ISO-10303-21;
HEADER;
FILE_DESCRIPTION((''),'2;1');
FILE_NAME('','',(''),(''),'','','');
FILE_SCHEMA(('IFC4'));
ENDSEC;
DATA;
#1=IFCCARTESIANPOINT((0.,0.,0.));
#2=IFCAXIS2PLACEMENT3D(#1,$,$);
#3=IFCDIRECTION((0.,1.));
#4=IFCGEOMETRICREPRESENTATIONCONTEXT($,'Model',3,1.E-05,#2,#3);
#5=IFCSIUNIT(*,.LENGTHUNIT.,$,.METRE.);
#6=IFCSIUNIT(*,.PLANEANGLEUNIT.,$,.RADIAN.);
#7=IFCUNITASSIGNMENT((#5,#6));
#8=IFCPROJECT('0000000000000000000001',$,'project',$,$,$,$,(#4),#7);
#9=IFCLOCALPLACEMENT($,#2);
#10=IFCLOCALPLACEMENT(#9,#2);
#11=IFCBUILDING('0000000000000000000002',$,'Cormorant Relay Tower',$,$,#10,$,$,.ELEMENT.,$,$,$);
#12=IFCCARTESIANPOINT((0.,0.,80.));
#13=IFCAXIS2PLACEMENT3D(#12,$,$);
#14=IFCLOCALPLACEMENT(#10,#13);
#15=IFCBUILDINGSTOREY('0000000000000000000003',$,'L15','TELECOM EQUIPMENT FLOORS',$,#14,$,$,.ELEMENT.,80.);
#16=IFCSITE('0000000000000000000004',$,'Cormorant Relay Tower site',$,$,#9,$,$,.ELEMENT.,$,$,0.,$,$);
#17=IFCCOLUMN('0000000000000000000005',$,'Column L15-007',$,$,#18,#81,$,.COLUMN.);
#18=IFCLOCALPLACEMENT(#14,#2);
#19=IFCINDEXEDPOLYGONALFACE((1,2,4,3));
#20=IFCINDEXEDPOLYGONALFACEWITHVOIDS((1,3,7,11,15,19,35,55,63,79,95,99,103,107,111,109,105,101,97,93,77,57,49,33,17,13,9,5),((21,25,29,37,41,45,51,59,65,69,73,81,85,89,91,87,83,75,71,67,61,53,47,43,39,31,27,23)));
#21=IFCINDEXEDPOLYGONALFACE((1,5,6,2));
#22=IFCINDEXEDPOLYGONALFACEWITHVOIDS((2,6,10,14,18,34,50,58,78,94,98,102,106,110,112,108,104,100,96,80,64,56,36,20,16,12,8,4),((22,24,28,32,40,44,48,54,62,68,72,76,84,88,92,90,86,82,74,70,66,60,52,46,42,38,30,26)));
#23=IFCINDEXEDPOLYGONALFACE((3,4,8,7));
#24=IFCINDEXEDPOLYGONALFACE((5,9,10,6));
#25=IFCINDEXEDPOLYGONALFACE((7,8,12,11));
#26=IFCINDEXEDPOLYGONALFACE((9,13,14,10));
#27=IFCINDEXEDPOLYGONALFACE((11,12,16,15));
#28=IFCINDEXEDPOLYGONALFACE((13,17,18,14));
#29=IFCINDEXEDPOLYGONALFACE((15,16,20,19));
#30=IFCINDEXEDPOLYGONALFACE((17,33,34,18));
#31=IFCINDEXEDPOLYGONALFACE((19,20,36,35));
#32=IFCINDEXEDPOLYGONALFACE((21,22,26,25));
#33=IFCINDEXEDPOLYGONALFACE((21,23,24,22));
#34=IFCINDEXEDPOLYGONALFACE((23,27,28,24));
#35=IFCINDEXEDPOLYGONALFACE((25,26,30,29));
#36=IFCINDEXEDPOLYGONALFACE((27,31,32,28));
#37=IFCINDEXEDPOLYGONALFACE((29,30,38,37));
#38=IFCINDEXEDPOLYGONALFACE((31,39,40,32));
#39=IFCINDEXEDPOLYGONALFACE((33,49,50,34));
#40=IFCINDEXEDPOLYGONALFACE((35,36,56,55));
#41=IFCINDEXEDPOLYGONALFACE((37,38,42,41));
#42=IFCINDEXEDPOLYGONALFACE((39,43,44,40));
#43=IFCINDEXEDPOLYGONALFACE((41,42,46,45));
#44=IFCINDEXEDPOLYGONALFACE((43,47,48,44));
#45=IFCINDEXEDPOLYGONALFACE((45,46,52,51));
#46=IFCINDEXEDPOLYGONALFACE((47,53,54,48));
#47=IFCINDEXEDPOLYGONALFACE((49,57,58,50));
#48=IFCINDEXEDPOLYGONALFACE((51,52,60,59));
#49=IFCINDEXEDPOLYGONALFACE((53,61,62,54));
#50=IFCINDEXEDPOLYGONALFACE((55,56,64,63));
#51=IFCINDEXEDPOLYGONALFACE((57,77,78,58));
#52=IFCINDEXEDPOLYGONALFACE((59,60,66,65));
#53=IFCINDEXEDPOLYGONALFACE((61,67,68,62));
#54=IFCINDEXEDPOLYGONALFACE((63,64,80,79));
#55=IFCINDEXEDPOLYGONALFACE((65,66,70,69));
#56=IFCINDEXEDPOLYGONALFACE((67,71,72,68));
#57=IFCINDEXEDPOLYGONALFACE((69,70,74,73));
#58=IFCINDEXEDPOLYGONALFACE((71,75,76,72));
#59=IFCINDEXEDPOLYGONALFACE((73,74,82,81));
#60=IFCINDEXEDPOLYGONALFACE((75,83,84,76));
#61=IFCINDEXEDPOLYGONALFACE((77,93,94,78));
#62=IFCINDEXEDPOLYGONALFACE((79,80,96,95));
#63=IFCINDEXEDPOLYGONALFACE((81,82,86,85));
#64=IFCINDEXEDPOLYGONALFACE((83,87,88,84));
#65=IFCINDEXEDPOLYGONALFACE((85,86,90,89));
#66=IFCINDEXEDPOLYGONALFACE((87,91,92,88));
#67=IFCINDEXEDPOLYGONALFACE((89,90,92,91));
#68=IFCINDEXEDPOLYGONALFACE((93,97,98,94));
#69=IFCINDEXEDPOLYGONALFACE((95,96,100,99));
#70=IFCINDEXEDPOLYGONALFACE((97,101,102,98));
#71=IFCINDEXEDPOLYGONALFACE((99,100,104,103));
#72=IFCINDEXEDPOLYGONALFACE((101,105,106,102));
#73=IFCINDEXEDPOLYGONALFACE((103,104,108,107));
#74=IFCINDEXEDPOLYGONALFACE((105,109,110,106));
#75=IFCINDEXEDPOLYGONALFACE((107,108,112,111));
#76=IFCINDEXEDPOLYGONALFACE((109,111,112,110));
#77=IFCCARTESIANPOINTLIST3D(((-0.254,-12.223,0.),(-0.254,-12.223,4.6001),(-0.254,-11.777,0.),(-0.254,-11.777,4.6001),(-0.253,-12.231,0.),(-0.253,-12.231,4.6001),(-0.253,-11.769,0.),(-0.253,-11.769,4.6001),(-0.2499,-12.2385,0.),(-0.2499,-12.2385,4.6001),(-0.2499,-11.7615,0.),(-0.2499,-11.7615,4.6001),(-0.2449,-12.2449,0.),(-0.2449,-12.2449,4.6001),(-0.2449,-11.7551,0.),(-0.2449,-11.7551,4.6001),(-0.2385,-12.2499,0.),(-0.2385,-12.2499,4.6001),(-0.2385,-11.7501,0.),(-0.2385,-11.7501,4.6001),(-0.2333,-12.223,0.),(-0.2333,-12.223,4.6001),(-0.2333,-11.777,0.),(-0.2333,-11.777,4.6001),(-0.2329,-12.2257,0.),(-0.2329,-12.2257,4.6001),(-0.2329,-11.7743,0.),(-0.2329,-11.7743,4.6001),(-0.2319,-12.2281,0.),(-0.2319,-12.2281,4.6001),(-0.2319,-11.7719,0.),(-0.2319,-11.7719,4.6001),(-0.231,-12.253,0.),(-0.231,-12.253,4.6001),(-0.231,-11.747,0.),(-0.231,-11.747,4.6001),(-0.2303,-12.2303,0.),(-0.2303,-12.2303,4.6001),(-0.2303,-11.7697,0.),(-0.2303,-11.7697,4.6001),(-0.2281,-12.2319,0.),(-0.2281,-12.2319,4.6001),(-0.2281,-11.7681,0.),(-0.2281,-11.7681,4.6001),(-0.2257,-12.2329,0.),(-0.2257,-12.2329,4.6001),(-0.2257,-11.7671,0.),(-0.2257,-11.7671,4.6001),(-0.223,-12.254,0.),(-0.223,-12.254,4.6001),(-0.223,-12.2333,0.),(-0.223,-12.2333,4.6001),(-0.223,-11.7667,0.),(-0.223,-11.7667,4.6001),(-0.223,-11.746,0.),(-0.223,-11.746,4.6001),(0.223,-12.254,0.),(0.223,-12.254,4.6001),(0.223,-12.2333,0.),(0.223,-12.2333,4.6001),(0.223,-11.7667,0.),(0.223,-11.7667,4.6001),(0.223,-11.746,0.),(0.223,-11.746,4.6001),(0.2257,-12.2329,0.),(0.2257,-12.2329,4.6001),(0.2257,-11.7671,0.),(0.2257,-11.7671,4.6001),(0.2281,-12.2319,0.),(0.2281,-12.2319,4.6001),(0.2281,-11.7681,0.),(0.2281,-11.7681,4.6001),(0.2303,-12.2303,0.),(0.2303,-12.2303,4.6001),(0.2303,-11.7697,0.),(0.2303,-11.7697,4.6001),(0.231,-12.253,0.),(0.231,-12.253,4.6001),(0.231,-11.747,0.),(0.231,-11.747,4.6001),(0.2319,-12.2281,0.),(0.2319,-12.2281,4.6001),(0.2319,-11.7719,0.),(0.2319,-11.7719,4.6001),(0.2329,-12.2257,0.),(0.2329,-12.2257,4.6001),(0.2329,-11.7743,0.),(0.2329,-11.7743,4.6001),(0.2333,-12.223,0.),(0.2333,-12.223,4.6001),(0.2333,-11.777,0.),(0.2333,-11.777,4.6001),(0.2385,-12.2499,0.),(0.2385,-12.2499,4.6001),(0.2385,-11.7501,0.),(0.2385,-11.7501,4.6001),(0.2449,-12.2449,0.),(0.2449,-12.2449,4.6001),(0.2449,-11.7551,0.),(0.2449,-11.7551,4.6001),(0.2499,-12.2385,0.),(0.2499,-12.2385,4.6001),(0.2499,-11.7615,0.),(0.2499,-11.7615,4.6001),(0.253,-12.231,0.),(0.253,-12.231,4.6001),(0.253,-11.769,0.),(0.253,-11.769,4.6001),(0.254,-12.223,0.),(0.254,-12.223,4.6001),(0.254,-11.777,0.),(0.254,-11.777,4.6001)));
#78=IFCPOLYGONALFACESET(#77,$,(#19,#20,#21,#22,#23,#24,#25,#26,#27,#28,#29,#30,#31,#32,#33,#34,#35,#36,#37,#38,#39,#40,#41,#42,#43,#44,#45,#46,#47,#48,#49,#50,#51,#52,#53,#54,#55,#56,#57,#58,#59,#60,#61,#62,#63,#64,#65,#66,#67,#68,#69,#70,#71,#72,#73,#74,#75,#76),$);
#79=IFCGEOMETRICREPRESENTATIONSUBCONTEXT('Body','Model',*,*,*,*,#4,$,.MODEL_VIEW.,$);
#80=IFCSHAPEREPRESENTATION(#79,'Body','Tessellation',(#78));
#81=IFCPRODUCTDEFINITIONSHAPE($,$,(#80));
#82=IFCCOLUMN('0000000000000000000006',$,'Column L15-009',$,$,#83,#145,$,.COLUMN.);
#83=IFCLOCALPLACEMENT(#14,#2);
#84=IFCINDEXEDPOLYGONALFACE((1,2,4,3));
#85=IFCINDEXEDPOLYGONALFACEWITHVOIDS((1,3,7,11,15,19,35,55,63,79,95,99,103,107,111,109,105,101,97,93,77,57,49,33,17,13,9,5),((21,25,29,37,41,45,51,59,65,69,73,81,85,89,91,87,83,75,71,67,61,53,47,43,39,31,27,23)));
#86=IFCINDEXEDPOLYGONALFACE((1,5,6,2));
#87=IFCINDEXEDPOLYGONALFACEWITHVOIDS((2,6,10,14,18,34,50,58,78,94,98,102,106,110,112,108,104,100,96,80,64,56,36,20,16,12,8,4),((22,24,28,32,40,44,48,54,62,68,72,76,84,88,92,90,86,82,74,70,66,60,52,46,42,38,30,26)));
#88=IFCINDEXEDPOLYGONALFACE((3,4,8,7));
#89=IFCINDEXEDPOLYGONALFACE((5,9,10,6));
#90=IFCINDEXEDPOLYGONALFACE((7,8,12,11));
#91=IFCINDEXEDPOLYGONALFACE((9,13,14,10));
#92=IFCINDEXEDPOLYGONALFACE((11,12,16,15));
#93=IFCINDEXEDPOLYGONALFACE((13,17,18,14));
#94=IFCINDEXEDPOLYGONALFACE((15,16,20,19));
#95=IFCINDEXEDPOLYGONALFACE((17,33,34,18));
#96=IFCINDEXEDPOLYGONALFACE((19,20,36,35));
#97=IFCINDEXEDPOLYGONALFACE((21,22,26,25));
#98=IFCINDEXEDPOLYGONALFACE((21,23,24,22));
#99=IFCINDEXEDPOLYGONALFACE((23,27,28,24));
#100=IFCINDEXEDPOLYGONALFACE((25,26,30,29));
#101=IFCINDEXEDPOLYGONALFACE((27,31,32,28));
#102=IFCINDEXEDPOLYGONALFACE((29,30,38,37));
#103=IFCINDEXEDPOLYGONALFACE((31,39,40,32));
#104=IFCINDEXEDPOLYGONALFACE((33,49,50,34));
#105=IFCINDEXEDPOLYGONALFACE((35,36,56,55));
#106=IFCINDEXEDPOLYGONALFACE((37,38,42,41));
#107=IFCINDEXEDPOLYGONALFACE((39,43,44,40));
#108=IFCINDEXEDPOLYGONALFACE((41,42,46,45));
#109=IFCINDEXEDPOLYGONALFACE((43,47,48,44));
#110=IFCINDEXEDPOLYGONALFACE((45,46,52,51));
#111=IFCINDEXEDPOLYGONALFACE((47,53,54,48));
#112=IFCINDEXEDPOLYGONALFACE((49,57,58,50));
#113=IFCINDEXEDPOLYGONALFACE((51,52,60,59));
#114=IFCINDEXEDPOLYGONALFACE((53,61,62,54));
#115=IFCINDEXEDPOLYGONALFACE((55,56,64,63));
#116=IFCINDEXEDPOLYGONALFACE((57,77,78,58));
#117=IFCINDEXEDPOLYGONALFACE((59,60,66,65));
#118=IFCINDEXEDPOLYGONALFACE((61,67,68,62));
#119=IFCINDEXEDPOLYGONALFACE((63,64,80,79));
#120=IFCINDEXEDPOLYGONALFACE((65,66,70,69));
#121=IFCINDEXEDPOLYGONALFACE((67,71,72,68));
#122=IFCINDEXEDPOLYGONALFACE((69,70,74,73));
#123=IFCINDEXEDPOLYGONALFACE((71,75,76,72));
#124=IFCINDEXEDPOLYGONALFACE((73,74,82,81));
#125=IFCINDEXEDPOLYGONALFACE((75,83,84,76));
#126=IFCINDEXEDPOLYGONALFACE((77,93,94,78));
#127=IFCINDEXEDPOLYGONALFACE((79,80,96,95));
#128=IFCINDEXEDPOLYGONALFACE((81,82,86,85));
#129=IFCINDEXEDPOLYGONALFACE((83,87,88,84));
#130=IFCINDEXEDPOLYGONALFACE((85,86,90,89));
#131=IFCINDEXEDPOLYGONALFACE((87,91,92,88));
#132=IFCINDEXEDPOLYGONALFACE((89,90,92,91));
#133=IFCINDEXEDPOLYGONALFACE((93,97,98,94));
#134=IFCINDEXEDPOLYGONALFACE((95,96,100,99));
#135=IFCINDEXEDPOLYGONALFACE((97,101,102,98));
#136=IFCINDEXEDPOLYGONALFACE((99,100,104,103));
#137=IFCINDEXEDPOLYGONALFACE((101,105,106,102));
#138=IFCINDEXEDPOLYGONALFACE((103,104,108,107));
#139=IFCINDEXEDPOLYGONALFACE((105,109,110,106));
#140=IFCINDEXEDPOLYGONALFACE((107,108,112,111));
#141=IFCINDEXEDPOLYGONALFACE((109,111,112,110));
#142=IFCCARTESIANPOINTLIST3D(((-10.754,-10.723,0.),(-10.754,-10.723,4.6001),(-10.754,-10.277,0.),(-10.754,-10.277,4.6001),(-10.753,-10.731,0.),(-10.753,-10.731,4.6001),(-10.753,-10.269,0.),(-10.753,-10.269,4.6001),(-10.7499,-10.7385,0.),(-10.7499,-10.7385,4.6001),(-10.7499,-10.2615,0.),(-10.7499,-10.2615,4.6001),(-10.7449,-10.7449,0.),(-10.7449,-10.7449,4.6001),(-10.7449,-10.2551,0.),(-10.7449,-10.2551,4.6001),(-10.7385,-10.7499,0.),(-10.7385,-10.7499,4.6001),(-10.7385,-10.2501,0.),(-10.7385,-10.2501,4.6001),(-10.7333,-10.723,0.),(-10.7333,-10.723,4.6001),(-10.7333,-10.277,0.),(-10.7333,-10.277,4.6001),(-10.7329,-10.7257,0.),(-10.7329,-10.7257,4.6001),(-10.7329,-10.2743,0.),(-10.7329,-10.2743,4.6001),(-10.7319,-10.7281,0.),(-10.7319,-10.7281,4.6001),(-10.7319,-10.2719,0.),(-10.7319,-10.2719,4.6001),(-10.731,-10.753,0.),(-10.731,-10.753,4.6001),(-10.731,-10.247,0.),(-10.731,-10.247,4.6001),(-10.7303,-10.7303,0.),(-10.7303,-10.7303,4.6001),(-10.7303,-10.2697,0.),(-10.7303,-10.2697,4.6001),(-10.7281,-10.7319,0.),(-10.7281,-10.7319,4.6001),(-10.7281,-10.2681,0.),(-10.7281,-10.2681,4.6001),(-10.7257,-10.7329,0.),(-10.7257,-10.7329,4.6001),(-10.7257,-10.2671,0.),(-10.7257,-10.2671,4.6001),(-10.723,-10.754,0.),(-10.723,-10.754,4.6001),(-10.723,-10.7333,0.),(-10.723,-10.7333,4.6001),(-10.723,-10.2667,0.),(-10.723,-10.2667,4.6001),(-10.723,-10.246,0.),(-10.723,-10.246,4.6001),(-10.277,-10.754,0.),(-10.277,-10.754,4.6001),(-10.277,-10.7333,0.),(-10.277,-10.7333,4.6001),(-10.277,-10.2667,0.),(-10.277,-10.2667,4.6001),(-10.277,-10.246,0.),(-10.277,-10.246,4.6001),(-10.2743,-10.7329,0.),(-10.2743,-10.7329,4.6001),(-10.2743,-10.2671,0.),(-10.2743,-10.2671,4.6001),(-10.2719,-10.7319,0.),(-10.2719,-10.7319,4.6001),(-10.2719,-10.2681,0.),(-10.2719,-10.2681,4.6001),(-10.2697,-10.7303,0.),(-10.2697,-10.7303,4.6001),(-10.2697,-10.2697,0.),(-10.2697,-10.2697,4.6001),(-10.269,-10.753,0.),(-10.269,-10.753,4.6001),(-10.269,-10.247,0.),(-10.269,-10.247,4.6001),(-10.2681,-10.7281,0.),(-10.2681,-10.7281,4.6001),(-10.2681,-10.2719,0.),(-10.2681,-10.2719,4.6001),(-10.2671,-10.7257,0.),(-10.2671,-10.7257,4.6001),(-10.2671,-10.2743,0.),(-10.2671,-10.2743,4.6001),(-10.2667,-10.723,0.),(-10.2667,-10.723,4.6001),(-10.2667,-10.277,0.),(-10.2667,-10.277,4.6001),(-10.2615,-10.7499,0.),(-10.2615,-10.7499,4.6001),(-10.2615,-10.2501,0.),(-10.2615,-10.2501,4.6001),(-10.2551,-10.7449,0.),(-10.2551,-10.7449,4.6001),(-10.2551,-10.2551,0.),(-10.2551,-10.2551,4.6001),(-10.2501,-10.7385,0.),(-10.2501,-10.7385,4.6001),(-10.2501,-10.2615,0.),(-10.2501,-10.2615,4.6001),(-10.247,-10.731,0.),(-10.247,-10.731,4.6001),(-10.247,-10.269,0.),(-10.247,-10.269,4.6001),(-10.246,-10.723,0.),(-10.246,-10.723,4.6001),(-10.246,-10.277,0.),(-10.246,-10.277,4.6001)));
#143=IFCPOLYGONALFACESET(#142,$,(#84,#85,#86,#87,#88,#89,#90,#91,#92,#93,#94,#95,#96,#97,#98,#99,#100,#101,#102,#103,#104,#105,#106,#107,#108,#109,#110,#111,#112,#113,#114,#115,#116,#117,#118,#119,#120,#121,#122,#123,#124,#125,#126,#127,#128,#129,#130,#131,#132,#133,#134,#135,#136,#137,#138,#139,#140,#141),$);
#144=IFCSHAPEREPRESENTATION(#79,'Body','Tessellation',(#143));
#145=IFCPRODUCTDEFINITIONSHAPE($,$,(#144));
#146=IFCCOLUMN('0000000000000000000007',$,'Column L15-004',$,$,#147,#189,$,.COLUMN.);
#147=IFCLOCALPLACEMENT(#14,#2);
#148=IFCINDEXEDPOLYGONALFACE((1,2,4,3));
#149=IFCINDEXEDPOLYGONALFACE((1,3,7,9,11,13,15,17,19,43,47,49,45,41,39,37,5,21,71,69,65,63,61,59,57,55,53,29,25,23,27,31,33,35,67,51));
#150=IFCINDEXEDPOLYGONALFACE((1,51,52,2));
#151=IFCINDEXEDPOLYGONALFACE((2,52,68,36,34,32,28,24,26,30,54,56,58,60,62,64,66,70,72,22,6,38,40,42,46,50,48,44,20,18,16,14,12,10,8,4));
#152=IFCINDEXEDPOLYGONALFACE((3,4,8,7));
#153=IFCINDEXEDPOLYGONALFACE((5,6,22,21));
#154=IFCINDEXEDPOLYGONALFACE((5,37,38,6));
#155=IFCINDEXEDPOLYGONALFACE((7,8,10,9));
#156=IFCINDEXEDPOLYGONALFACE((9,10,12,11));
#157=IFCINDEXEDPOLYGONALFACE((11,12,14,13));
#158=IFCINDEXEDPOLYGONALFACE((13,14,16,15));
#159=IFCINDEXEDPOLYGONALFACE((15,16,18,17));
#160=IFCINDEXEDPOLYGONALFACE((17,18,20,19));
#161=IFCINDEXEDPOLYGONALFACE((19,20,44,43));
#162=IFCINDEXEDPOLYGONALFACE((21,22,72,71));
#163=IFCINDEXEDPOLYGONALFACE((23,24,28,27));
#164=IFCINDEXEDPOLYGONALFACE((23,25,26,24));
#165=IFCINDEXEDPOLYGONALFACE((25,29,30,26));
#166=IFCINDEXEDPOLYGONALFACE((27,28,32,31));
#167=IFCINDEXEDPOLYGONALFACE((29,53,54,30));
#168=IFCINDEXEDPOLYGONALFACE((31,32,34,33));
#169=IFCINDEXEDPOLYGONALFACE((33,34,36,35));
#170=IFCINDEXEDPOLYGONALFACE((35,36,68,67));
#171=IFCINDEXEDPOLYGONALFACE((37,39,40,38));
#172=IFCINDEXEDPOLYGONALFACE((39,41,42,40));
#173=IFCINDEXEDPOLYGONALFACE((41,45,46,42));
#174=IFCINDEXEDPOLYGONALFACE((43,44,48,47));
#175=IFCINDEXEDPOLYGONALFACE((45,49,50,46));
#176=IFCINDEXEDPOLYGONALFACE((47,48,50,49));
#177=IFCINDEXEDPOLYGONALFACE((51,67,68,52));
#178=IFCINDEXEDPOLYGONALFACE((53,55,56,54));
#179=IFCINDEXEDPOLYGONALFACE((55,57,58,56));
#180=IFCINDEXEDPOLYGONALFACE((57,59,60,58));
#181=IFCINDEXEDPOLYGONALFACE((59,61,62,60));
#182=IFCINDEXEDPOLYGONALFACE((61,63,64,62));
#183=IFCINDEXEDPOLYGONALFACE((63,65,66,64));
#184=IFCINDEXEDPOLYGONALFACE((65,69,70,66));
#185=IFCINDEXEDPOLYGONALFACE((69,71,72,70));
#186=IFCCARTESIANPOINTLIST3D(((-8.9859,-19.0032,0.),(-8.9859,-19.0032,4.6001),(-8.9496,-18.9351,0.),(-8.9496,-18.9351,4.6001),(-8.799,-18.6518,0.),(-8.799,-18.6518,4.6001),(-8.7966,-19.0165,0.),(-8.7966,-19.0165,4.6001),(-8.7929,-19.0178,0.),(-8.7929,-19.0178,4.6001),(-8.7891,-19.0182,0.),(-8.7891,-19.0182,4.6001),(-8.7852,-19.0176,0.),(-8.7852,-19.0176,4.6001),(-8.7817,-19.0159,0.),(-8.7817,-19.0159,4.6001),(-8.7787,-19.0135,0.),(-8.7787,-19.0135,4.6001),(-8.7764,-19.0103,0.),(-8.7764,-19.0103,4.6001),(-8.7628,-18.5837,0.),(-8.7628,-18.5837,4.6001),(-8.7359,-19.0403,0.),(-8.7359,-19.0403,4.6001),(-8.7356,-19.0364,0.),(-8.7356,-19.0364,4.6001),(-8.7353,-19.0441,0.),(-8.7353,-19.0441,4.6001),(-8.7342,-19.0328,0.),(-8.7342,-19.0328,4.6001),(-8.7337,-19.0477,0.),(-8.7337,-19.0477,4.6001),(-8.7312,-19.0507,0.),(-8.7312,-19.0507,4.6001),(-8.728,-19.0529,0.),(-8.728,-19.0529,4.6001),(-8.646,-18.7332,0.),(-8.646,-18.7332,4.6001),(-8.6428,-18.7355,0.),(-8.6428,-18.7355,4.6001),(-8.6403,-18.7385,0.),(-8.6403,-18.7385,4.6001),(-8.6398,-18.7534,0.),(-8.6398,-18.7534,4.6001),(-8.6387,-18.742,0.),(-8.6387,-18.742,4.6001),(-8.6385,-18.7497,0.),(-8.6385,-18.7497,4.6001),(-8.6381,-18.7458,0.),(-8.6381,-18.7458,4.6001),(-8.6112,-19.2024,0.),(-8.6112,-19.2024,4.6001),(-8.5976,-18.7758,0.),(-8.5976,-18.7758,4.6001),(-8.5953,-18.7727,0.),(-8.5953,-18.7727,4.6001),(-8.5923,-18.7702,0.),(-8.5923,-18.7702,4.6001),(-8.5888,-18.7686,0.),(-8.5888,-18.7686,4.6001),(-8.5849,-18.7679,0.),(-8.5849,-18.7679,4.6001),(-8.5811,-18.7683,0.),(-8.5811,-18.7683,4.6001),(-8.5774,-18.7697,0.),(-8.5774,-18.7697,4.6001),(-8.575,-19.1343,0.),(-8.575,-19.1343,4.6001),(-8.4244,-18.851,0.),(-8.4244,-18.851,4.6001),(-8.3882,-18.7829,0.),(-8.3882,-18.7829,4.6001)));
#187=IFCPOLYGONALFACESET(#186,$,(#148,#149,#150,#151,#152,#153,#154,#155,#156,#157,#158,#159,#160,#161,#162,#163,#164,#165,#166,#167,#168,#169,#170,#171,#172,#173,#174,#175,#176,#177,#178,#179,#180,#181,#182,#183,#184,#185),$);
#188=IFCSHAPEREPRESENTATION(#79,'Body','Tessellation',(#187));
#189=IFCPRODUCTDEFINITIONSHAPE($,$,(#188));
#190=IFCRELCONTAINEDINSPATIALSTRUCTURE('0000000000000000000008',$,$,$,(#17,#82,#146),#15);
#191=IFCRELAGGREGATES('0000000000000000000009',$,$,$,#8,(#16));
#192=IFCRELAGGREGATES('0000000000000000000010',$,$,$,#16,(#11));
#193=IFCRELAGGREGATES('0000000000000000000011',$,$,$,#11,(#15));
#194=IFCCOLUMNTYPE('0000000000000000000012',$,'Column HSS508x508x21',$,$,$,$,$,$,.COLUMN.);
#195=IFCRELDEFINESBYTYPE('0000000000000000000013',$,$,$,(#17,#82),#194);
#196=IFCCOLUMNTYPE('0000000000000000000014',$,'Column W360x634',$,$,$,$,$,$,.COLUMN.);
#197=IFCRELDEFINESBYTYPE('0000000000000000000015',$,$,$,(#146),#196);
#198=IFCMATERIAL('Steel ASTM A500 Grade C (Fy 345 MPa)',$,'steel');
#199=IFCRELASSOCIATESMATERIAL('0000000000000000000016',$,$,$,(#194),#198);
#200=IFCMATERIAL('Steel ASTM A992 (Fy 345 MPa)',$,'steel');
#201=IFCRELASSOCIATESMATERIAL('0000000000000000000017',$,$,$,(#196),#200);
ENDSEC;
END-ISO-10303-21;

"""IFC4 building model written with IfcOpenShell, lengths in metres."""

from ifc_helpers import new_model, si_unit, direction, frame, origin, origin_2d, place, context, subcontext, project, spatial, hollow_rectangle, i_section, extrude, material, material_profile, profile_set, type_object, element, save


model = new_model("IFC4")

# Units and contexts
model_context = context("Model", 3, precision=1e-05, world=origin(), true_north=direction((0.0, 1.0)))
body_context = subcontext(model_context, "Body", "Model", "MODEL_VIEW")
ifc_project = project(units=[si_unit("LENGTHUNIT", "METRE"), si_unit("PLANEANGLEUNIT", "RADIAN")], contexts=[model_context])

# Site, building, storey
site_placement = place(None, origin())
site = spatial("IfcSite", under=ifc_project, at=site_placement, Name="Cormorant Relay Tower site", CompositionType="ELEMENT", RefElevation=0.0)
building_placement = place(site_placement, origin())
building = spatial("IfcBuilding", under=site, at=building_placement, Name="Cormorant Relay Tower", CompositionType="ELEMENT")
storey_placement = place(building_placement, frame((0.0, 0.0, 80.0)))
storey = spatial("IfcBuildingStorey", under=building, at=storey_placement, Name="L15", Description="TELECOM EQUIPMENT FLOORS", CompositionType="ELEMENT", Elevation=80.0)

# Columns
ifc_material_1 = material(Name="Steel ASTM A500 Grade C (Fy 345 MPa)", Category="steel")
ifc_material_profile_1 = material_profile(ifc_material_1, hollow_rectangle(XDim=0.5081, YDim=0.5081, WallThickness=0.0208, InnerFilletRadius=0.0103, OuterFilletRadius=0.031, at=origin_2d()), Name="HSS508x508x21")
ifc_profile_set_1 = profile_set([ifc_material_profile_1], Name="Steel ASTM A500 Grade C (Fy 345 MPa)")
column_type_1 = type_object("IfcColumnType", Name="Column HSS508x508x21", PredefinedType="COLUMN", material=ifc_profile_set_1)
for number, where, z_axis, x_axis, name in (
    (1, (0.0, -12.0, 0.0), (0.0, 0.0, 1.0), (1.0, 0.0, 0.0), "Column L15-007"),
    (2, (-10.5, -10.5, 0.0), (0.0, 0.0, 1.0), (1.0, 0.0, 0.0), "Column L15-009"),
):
    element("IfcColumn", number, at=place(storey_placement, frame(where, z_axis=z_axis, x_axis=x_axis)), inside=storey, type_object=column_type_1, Name=name, PredefinedType="COLUMN", context=body_context, shape_type="SweptSolid", body=[
        extrude(hollow_rectangle(XDim=0.5081, YDim=0.5081, WallThickness=0.0208, InnerFilletRadius=0.0103, OuterFilletRadius=0.031, at=origin_2d()), origin(), (0.0, 0.0, 1.0), 4.6001),
    ])
ifc_material_2 = material(Name="Steel ASTM A992 (Fy 345 MPa)", Category="steel")
ifc_material_profile_2 = material_profile(ifc_material_2, i_section(OverallWidth=0.4243, OverallDepth=0.4751, WebThickness=0.0479, FlangeThickness=0.0771, FilletRadius=0.0149, at=origin_2d()), Name="W360x634")
ifc_profile_set_2 = profile_set([ifc_material_profile_2], Name="Steel ASTM A992 (Fy 345 MPa)")
column_type_2 = type_object("IfcColumnType", Name="Column W360x634", PredefinedType="COLUMN", material=ifc_profile_set_2)
for number, where, z_axis, x_axis, name in (
    (3, (-8.687, -18.8931, 0.0), (0.0, 0.0, 1.0), (0.882948, -0.469472, 0.0), "Column L15-004"),
):
    element("IfcColumn", number, at=place(storey_placement, frame(where, z_axis=z_axis, x_axis=x_axis)), inside=storey, type_object=column_type_2, Name=name, PredefinedType="COLUMN", context=body_context, shape_type="SweptSolid", body=[
        extrude(i_section(OverallWidth=0.4243, OverallDepth=0.4751, WebThickness=0.0479, FlangeThickness=0.0771, FilletRadius=0.0149, at=origin_2d()), origin(), (0.0, 0.0, 1.0), 4.6001),
    ])

save(model, "model.ifc")
